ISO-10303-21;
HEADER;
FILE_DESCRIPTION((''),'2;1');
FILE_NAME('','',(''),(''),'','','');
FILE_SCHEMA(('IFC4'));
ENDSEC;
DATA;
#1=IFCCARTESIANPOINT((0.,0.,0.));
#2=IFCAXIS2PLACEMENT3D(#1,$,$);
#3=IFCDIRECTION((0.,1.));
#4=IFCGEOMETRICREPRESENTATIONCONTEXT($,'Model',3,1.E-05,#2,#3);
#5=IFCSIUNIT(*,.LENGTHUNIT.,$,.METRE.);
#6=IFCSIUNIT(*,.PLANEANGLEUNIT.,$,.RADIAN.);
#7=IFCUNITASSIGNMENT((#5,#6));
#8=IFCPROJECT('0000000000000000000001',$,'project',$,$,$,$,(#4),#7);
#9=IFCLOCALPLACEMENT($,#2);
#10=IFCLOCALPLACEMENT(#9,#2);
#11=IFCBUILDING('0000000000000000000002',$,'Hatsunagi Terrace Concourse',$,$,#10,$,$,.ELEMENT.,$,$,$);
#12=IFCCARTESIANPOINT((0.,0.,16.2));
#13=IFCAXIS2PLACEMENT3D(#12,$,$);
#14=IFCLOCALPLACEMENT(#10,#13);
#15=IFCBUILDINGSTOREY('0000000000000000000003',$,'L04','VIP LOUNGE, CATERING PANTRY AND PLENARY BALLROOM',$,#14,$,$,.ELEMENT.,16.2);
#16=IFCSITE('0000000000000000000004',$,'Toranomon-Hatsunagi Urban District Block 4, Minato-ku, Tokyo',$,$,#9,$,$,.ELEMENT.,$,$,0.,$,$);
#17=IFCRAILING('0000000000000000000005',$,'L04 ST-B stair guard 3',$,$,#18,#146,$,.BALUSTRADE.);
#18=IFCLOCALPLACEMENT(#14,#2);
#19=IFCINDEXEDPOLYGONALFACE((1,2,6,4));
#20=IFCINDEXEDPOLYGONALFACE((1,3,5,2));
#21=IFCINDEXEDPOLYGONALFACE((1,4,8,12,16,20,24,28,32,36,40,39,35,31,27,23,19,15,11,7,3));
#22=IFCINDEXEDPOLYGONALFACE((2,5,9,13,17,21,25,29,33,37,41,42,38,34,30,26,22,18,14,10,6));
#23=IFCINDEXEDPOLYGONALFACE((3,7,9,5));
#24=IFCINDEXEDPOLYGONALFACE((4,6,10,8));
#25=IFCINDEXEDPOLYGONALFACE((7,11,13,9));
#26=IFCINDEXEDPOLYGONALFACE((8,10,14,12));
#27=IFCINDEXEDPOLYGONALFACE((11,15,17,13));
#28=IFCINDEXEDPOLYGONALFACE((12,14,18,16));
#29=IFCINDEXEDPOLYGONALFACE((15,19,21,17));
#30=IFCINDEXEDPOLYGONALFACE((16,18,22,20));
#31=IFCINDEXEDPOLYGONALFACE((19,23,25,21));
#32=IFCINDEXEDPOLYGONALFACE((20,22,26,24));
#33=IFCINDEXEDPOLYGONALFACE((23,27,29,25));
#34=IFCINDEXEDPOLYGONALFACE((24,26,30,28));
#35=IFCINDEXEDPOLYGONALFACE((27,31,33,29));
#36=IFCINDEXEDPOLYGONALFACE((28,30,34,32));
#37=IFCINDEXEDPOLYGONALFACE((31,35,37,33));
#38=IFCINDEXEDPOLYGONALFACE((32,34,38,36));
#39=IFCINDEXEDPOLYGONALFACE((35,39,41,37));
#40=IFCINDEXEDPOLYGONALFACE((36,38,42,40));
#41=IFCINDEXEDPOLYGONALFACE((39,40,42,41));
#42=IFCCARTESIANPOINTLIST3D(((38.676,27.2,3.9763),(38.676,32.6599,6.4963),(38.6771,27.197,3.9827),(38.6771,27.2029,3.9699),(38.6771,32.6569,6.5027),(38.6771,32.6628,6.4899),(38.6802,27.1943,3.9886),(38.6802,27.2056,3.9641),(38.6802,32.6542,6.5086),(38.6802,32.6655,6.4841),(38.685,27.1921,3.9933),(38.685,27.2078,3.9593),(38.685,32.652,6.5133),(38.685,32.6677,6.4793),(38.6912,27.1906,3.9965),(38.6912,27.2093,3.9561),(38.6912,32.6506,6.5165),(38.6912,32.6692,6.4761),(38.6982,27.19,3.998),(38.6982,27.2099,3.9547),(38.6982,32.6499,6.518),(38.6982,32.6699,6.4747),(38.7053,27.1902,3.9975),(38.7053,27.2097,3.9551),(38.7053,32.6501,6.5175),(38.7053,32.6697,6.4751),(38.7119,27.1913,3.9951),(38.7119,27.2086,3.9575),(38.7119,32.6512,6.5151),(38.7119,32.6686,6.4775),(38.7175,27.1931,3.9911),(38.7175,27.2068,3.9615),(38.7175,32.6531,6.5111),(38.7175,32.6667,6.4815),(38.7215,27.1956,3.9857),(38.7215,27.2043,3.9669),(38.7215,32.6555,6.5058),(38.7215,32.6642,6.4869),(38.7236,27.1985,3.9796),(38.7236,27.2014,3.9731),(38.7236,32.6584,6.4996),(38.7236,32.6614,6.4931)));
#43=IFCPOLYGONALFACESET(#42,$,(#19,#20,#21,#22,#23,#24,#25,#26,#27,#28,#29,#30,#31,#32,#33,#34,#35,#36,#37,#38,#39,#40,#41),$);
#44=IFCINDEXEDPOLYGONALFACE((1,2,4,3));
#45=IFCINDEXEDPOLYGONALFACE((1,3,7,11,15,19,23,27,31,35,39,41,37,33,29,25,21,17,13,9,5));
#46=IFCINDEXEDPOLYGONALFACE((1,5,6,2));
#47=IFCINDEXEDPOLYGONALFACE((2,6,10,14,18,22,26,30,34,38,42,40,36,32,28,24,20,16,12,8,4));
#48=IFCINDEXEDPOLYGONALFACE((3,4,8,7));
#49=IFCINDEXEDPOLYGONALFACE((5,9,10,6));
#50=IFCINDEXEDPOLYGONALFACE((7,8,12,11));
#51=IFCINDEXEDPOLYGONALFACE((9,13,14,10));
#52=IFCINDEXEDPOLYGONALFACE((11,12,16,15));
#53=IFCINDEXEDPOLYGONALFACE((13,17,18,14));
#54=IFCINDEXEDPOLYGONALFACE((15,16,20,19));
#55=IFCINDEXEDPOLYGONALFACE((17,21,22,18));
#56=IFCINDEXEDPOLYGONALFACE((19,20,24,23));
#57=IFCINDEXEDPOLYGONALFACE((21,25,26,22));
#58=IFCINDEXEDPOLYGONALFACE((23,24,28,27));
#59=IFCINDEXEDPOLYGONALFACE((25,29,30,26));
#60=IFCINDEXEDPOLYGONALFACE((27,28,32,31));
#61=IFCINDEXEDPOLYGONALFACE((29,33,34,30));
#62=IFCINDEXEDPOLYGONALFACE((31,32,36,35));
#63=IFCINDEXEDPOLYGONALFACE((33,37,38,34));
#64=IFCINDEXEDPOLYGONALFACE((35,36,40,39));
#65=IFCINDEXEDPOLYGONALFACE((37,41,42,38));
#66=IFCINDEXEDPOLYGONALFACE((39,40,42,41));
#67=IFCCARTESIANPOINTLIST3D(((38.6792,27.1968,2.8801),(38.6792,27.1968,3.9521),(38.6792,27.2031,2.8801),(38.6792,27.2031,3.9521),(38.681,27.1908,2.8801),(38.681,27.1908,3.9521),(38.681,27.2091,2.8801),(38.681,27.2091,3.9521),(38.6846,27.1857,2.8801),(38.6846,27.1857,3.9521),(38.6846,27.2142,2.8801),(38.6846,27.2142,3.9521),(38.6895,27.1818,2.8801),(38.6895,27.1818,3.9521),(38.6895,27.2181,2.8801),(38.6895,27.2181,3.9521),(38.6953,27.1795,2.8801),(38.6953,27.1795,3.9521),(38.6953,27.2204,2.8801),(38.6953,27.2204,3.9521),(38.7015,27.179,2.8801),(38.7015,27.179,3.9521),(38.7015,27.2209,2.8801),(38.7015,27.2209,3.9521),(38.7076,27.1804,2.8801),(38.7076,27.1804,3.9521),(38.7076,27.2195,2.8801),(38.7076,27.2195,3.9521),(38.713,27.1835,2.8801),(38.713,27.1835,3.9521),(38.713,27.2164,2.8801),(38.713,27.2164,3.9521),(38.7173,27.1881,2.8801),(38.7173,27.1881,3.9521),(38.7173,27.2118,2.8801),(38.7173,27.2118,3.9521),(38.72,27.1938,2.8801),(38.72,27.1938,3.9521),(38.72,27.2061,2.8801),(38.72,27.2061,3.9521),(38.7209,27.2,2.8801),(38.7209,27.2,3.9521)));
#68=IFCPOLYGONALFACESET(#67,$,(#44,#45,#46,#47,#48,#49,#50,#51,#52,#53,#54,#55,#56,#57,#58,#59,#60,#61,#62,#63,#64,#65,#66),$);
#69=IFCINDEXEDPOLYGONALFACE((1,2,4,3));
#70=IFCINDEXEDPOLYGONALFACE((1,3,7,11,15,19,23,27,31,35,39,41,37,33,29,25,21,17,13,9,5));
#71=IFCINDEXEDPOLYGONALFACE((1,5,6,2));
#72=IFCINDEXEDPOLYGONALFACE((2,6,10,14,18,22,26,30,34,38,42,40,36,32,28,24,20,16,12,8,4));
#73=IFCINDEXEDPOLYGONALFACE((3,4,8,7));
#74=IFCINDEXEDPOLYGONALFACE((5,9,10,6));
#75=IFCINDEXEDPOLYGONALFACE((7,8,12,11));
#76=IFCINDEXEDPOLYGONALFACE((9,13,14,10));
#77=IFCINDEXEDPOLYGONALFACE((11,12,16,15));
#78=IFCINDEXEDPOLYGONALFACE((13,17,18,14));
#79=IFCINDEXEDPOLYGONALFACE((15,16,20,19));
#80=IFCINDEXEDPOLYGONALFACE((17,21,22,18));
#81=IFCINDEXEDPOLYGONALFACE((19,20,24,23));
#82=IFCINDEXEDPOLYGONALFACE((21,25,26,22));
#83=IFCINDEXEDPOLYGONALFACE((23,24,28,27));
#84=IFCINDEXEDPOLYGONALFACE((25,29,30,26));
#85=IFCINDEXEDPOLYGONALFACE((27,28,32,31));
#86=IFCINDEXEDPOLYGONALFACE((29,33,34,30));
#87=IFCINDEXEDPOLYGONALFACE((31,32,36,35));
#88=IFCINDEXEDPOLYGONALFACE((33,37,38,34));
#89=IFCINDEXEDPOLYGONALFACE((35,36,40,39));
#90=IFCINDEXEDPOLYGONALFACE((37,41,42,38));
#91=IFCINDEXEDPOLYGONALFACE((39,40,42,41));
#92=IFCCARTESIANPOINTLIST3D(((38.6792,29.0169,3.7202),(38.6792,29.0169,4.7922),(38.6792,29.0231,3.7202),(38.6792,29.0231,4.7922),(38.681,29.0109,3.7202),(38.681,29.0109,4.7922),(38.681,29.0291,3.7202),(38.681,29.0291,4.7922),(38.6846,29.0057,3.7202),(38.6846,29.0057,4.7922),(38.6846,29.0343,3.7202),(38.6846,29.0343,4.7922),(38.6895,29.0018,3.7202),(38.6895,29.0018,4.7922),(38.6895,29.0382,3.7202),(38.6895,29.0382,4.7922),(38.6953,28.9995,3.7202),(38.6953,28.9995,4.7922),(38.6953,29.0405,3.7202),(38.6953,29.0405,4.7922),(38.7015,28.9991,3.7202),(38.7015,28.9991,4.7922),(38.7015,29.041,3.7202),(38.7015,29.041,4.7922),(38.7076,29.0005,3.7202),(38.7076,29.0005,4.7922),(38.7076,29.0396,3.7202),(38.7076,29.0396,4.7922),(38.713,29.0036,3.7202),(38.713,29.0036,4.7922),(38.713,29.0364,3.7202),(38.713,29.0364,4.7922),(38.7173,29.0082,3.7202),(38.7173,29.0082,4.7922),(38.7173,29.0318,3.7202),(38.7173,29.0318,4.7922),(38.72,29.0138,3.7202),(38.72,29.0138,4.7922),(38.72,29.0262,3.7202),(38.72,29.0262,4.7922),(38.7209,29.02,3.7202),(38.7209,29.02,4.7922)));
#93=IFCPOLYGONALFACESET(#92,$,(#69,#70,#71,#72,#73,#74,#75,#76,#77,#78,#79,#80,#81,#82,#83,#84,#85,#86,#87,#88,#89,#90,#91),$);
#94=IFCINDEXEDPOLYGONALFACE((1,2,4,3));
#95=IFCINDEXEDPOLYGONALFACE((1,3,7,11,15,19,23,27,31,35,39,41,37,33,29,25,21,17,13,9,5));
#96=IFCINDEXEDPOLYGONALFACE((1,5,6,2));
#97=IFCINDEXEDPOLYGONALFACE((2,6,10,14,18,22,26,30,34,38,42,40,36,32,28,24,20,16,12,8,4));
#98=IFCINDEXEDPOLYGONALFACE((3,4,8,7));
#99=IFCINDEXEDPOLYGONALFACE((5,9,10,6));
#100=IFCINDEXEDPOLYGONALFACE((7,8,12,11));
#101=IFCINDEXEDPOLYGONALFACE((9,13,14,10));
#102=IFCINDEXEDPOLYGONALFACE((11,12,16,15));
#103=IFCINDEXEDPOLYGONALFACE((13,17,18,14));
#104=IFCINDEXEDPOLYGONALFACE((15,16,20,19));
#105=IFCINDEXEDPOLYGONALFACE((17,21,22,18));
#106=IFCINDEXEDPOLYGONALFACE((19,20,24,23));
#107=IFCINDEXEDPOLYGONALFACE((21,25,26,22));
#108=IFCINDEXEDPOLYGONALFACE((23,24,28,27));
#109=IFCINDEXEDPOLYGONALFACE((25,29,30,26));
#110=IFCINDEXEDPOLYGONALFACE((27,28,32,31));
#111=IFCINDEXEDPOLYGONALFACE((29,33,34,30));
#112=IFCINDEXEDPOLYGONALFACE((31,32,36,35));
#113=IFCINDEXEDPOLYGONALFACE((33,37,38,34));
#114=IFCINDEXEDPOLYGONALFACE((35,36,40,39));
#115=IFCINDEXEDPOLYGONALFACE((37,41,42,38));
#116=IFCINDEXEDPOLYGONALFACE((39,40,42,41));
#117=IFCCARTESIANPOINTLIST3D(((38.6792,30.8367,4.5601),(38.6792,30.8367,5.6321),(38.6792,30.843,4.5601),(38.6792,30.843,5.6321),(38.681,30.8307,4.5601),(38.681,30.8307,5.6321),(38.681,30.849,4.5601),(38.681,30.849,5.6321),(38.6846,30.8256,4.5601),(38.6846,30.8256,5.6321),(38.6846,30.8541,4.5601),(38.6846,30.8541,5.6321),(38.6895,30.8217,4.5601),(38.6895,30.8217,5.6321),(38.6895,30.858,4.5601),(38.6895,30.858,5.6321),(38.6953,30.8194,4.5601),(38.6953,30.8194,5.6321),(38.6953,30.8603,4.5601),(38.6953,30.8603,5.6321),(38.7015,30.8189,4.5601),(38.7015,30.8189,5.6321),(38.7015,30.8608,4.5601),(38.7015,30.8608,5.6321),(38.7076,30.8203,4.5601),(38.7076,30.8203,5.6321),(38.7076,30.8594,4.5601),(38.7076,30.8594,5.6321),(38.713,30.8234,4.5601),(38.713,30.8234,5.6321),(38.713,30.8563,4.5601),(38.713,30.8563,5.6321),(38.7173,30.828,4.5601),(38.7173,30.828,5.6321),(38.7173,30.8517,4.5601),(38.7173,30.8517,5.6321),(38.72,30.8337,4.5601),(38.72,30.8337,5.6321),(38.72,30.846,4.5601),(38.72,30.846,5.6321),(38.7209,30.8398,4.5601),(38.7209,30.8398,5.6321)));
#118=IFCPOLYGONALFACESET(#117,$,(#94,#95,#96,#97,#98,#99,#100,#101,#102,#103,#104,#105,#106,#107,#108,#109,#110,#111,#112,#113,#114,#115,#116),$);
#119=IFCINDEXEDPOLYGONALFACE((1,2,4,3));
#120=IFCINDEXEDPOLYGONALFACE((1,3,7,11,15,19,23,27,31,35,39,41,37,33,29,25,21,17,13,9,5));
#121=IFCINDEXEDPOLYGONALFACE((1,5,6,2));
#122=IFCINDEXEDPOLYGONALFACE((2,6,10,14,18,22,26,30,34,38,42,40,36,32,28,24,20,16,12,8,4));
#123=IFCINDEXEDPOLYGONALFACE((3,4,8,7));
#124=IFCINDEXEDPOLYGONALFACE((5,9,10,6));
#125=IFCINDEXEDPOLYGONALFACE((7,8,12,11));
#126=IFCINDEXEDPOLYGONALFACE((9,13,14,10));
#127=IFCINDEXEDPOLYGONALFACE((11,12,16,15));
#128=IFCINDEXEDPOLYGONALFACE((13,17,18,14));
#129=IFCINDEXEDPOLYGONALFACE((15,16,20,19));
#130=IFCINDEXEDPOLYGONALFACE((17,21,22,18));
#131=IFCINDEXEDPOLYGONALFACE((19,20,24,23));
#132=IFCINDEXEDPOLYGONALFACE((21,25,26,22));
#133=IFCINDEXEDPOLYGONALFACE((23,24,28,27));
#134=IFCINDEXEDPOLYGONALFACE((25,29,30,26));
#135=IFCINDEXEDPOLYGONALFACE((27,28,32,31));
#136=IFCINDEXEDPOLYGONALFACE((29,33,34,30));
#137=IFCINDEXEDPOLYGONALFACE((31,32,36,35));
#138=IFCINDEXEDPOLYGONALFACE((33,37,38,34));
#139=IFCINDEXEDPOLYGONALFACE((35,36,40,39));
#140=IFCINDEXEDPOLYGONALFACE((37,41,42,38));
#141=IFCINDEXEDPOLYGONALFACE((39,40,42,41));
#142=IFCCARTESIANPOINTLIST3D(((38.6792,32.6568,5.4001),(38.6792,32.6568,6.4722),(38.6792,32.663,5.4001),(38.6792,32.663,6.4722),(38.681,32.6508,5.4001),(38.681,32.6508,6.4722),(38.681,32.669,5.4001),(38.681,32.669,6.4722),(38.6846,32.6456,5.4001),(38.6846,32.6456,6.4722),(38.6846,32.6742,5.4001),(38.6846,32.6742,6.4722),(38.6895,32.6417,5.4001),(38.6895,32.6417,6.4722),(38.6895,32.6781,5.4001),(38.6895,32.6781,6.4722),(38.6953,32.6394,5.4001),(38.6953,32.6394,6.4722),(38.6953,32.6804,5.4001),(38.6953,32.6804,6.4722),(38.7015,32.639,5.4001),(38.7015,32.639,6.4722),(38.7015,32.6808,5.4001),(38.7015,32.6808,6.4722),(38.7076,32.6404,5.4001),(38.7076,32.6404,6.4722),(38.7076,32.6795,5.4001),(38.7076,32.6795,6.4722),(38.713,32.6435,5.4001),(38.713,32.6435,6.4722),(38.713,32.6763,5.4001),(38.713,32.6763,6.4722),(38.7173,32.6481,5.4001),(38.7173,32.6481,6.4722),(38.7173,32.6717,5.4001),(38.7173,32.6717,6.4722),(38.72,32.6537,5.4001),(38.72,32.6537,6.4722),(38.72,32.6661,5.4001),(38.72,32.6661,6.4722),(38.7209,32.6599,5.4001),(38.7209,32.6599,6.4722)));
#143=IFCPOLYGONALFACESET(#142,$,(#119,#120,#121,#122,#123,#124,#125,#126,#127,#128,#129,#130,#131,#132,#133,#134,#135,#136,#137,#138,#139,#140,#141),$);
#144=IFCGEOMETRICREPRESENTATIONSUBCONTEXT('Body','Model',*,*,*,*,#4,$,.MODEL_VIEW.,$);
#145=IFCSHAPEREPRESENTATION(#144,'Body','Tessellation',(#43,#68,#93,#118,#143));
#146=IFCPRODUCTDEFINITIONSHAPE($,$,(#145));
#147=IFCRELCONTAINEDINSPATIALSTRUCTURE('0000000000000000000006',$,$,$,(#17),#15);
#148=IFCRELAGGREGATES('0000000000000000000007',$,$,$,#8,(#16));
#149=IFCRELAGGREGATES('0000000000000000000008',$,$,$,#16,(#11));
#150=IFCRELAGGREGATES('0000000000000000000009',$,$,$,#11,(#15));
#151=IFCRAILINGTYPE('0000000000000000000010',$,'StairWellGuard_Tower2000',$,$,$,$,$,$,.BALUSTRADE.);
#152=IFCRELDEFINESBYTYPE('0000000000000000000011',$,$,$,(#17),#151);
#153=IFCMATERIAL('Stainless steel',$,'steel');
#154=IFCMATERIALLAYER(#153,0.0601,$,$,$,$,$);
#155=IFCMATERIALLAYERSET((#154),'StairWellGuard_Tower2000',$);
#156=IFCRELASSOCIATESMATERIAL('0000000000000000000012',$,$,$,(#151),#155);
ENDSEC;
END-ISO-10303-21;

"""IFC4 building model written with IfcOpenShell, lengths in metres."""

from ifc_helpers import new_model, si_unit, direction, frame, origin, origin_2d, place, context, subcontext, project, spatial, circle, extrude, material, layer, layer_set, type_object, element, save


model = new_model("IFC4")

# Units and contexts
model_context = context("Model", 3, precision=1e-05, world=origin(), true_north=direction((0.0, 1.0)))
body_context = subcontext(model_context, "Body", "Model", "MODEL_VIEW")
ifc_project = project(units=[si_unit("LENGTHUNIT", "METRE"), si_unit("PLANEANGLEUNIT", "RADIAN")], contexts=[model_context])

# Site, building, storey
site_placement = place(None, origin())
site = spatial("IfcSite", under=ifc_project, at=site_placement, Name="Toranomon-Hatsunagi Urban District Block 4, Minato-ku, Tokyo", CompositionType="ELEMENT", RefElevation=0.0)
building_placement = place(site_placement, origin())
building = spatial("IfcBuilding", under=site, at=building_placement, Name="Hatsunagi Terrace Concourse", CompositionType="ELEMENT")
storey_placement = place(building_placement, frame((0.0, 0.0, 16.2)))
storey = spatial("IfcBuildingStorey", under=building, at=storey_placement, Name="L04", Description="VIP LOUNGE, CATERING PANTRY AND PLENARY BALLROOM", CompositionType="ELEMENT", Elevation=16.2)

# Railing
ifc_material_1 = material(Name="Stainless steel", Category="steel")
ifc_layer_1 = layer(ifc_material_1, 0.0601)
ifc_layer_set_1 = layer_set([ifc_layer_1], Name="StairWellGuard_Tower2000")
railing_type_1 = type_object("IfcRailingType", Name="StairWellGuard_Tower2000", PredefinedType="BALUSTRADE", material=ifc_layer_set_1)
railing_1_placement = place(storey_placement, frame((38.7, 27.2, 2.8801)))
element("IfcRailing", 1, at=railing_1_placement, inside=storey, type_object=railing_type_1, Name="L04 ST-B stair guard 3", PredefinedType="BALUSTRADE", context=body_context, shape_type="SweptSolid", body=[
    extrude(circle(Radius=0.0239, at=origin_2d()), frame((0.0, 0.0, 1.0962), z_axis=(0.0, 0.907957, 0.419063), x_axis=(-1.0, 0.0, 0.0)), (0.0, 0.0, 1.0), 6.0134),
    extrude(circle(Radius=0.021, at=origin_2d()), origin(), (0.0, 0.0, 1.0), 1.072),
    extrude(circle(Radius=0.021, at=origin_2d()), frame((0.0, 1.8201, 0.8401)), (0.0, 0.0, 1.0), 1.072),
    extrude(circle(Radius=0.021, at=origin_2d()), frame((0.0, 3.6399, 1.6799)), (0.0, 0.0, 1.0), 1.072),
    extrude(circle(Radius=0.021, at=origin_2d()), frame((0.0, 5.46, 2.52)), (0.0, 0.0, 1.0), 1.072),
])

save(model, "model.ifc")
